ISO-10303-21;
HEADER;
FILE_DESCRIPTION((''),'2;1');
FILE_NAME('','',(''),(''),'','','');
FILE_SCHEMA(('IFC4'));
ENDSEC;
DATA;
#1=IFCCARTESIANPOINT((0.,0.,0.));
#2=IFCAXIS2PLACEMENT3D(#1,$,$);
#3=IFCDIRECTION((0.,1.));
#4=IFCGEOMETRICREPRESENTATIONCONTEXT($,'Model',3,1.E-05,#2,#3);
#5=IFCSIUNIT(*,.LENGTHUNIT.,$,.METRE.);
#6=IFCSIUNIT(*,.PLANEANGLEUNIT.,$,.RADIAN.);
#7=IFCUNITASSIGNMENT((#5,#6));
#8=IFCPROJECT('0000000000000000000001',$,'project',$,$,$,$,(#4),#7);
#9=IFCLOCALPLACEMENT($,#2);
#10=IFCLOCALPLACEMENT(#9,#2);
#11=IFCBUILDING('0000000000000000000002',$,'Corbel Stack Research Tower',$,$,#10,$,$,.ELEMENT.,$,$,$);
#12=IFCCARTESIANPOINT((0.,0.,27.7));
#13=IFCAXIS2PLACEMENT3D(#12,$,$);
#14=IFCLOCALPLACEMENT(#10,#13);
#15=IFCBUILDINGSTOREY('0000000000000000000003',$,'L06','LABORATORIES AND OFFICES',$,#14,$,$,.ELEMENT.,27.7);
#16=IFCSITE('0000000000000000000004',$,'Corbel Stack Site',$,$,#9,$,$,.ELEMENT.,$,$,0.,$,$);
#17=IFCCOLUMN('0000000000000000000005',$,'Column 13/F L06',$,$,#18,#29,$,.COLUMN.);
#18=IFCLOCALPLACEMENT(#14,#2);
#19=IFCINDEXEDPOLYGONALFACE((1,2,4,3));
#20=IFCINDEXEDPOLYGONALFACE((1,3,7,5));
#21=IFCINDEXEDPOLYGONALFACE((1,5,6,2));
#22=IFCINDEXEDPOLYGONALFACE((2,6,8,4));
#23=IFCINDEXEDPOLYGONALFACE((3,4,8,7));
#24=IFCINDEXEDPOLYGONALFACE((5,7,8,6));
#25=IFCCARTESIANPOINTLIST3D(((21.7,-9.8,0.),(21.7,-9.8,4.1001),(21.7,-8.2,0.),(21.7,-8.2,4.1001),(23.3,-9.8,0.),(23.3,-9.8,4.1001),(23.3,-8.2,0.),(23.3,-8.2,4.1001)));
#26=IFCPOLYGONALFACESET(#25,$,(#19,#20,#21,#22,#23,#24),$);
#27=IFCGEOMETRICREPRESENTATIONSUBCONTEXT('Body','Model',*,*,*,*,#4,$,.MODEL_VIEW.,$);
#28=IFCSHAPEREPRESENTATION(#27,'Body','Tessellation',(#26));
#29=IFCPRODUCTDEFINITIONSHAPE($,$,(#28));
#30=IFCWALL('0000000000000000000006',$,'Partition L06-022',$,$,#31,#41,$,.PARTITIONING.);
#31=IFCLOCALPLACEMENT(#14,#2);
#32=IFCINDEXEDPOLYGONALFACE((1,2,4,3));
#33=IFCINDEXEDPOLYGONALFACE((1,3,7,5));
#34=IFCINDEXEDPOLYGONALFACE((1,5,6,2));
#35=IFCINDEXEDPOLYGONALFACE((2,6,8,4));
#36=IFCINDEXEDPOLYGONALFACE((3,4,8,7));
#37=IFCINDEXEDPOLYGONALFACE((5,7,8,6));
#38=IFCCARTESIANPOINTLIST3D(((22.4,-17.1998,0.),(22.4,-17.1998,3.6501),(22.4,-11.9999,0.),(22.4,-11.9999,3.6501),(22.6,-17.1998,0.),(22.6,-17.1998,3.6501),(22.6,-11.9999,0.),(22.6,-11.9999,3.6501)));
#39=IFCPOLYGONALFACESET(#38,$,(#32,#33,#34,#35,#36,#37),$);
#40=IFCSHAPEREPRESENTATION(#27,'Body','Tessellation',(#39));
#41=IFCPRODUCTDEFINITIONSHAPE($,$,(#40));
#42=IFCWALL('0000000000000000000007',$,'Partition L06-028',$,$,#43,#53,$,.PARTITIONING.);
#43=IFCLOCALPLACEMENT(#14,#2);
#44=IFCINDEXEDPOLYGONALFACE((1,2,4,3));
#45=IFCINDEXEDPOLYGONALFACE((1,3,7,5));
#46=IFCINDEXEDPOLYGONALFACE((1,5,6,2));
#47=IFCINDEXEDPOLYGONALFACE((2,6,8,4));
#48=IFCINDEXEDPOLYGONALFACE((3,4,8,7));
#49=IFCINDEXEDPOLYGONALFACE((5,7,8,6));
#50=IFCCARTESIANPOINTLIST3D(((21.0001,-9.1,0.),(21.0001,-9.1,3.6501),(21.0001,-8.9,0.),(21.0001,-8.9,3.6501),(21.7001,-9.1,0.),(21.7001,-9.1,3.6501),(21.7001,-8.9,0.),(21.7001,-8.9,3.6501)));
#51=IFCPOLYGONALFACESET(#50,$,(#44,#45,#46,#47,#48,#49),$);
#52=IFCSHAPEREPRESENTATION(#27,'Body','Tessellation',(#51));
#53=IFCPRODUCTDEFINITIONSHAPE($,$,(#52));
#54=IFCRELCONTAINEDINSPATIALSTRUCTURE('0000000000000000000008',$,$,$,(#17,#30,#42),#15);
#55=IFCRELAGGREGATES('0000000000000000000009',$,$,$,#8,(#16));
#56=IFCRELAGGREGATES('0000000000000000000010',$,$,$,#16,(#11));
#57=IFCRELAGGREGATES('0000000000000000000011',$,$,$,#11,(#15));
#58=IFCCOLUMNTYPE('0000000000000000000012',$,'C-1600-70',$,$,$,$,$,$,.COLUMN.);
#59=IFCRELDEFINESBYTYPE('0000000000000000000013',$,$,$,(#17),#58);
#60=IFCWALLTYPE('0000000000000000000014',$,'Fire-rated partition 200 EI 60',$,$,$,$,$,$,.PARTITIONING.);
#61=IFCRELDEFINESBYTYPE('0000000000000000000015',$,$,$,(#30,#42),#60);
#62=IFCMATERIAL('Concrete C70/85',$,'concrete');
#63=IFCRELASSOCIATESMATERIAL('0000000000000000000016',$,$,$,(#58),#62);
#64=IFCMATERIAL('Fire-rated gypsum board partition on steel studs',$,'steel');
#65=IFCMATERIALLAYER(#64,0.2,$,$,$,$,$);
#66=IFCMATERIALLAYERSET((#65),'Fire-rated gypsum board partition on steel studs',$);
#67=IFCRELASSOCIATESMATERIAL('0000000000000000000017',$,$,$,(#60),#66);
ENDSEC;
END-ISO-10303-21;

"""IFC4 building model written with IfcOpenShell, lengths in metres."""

from ifc_helpers import new_model, si_unit, direction, frame, frame_2d, origin, origin_2d, place, context, subcontext, project, spatial, rectangle, extrude, material, layer, layer_set, material_profile, profile_set, type_object, element, save


model = new_model("IFC4")

# Units and contexts
model_context = context("Model", 3, precision=1e-05, world=origin(), true_north=direction((0.0, 1.0)))
body_context = subcontext(model_context, "Body", "Model", "MODEL_VIEW")
ifc_project = project(units=[si_unit("LENGTHUNIT", "METRE"), si_unit("PLANEANGLEUNIT", "RADIAN")], contexts=[model_context])

# Site, building, storey
site_placement = place(None, origin())
site = spatial("IfcSite", under=ifc_project, at=site_placement, Name="Corbel Stack Site", CompositionType="ELEMENT", RefElevation=0.0)
building_placement = place(site_placement, origin())
building = spatial("IfcBuilding", under=site, at=building_placement, Name="Corbel Stack Research Tower", CompositionType="ELEMENT")
storey_placement = place(building_placement, frame((0.0, 0.0, 27.7)))
storey = spatial("IfcBuildingStorey", under=building, at=storey_placement, Name="L06", Description="LABORATORIES AND OFFICES", CompositionType="ELEMENT", Elevation=27.7)

# Column
ifc_material_1 = material(Name="Concrete C70/85", Category="concrete")
ifc_material_profile = material_profile(ifc_material_1, rectangle(XDim=1.6001, YDim=1.6001, at=origin_2d()), Name="RC 1600 x 1600")
ifc_profile_set = profile_set([ifc_material_profile], Name="Concrete C70/85")
column_type = type_object("IfcColumnType", Name="C-1600-70", PredefinedType="COLUMN", material=ifc_profile_set)
column_placement = place(storey_placement, frame((22.5, -9.0, 0.0), z_axis=(0.0, 0.0, 1.0), x_axis=(1.0, 0.0, 0.0)))
element("IfcColumn", 1, at=column_placement, inside=storey, type_object=column_type, Name="Column 13/F L06", PredefinedType="COLUMN", context=body_context, shape_type="SweptSolid", body=[
    extrude(rectangle(XDim=1.6001, YDim=1.6001, at=origin_2d()), origin(), (0.0, 0.0, 1.0), 4.1001),
])

# Walls
ifc_material_2 = material(Name="Fire-rated gypsum board partition on steel studs", Category="steel")
ifc_layer_1 = layer(ifc_material_2, 0.2)
ifc_layer_set_1 = layer_set([ifc_layer_1], Name="Fire-rated gypsum board partition on steel studs")
wall_type_1 = type_object("IfcWallType", Name="Fire-rated partition 200 EI 60", PredefinedType="PARTITIONING", material=ifc_layer_set_1)
wall_1_placement = place(storey_placement, frame((22.5, -17.2, 0.0), z_axis=(0.0, 0.0, 1.0), x_axis=(0.0, 1.0, 0.0)))
element("IfcWall", 2, at=wall_1_placement, inside=storey, type_object=wall_type_1, Name="Partition L06-022", PredefinedType="PARTITIONING", context=body_context, shape_type="SweptSolid", body=[
    extrude(rectangle(XDim=5.2, YDim=0.2, at=frame_2d((2.6001, 0.0))), origin(), (0.0, 0.0, 1.0), 3.6501),
])
wall_2_placement = place(storey_placement, frame((21.0, -9.0, 0.0), z_axis=(0.0, 0.0, 1.0), x_axis=(1.0, 0.0, 0.0)))
element("IfcWall", 3, at=wall_2_placement, inside=storey, type_object=wall_type_1, Name="Partition L06-028", PredefinedType="PARTITIONING", context=body_context, shape_type="SweptSolid", body=[
    extrude(rectangle(XDim=0.7, YDim=0.2, at=frame_2d((0.3501, 0.0))), origin(), (0.0, 0.0, 1.0), 3.6501),
])

save(model, "model.ifc")
